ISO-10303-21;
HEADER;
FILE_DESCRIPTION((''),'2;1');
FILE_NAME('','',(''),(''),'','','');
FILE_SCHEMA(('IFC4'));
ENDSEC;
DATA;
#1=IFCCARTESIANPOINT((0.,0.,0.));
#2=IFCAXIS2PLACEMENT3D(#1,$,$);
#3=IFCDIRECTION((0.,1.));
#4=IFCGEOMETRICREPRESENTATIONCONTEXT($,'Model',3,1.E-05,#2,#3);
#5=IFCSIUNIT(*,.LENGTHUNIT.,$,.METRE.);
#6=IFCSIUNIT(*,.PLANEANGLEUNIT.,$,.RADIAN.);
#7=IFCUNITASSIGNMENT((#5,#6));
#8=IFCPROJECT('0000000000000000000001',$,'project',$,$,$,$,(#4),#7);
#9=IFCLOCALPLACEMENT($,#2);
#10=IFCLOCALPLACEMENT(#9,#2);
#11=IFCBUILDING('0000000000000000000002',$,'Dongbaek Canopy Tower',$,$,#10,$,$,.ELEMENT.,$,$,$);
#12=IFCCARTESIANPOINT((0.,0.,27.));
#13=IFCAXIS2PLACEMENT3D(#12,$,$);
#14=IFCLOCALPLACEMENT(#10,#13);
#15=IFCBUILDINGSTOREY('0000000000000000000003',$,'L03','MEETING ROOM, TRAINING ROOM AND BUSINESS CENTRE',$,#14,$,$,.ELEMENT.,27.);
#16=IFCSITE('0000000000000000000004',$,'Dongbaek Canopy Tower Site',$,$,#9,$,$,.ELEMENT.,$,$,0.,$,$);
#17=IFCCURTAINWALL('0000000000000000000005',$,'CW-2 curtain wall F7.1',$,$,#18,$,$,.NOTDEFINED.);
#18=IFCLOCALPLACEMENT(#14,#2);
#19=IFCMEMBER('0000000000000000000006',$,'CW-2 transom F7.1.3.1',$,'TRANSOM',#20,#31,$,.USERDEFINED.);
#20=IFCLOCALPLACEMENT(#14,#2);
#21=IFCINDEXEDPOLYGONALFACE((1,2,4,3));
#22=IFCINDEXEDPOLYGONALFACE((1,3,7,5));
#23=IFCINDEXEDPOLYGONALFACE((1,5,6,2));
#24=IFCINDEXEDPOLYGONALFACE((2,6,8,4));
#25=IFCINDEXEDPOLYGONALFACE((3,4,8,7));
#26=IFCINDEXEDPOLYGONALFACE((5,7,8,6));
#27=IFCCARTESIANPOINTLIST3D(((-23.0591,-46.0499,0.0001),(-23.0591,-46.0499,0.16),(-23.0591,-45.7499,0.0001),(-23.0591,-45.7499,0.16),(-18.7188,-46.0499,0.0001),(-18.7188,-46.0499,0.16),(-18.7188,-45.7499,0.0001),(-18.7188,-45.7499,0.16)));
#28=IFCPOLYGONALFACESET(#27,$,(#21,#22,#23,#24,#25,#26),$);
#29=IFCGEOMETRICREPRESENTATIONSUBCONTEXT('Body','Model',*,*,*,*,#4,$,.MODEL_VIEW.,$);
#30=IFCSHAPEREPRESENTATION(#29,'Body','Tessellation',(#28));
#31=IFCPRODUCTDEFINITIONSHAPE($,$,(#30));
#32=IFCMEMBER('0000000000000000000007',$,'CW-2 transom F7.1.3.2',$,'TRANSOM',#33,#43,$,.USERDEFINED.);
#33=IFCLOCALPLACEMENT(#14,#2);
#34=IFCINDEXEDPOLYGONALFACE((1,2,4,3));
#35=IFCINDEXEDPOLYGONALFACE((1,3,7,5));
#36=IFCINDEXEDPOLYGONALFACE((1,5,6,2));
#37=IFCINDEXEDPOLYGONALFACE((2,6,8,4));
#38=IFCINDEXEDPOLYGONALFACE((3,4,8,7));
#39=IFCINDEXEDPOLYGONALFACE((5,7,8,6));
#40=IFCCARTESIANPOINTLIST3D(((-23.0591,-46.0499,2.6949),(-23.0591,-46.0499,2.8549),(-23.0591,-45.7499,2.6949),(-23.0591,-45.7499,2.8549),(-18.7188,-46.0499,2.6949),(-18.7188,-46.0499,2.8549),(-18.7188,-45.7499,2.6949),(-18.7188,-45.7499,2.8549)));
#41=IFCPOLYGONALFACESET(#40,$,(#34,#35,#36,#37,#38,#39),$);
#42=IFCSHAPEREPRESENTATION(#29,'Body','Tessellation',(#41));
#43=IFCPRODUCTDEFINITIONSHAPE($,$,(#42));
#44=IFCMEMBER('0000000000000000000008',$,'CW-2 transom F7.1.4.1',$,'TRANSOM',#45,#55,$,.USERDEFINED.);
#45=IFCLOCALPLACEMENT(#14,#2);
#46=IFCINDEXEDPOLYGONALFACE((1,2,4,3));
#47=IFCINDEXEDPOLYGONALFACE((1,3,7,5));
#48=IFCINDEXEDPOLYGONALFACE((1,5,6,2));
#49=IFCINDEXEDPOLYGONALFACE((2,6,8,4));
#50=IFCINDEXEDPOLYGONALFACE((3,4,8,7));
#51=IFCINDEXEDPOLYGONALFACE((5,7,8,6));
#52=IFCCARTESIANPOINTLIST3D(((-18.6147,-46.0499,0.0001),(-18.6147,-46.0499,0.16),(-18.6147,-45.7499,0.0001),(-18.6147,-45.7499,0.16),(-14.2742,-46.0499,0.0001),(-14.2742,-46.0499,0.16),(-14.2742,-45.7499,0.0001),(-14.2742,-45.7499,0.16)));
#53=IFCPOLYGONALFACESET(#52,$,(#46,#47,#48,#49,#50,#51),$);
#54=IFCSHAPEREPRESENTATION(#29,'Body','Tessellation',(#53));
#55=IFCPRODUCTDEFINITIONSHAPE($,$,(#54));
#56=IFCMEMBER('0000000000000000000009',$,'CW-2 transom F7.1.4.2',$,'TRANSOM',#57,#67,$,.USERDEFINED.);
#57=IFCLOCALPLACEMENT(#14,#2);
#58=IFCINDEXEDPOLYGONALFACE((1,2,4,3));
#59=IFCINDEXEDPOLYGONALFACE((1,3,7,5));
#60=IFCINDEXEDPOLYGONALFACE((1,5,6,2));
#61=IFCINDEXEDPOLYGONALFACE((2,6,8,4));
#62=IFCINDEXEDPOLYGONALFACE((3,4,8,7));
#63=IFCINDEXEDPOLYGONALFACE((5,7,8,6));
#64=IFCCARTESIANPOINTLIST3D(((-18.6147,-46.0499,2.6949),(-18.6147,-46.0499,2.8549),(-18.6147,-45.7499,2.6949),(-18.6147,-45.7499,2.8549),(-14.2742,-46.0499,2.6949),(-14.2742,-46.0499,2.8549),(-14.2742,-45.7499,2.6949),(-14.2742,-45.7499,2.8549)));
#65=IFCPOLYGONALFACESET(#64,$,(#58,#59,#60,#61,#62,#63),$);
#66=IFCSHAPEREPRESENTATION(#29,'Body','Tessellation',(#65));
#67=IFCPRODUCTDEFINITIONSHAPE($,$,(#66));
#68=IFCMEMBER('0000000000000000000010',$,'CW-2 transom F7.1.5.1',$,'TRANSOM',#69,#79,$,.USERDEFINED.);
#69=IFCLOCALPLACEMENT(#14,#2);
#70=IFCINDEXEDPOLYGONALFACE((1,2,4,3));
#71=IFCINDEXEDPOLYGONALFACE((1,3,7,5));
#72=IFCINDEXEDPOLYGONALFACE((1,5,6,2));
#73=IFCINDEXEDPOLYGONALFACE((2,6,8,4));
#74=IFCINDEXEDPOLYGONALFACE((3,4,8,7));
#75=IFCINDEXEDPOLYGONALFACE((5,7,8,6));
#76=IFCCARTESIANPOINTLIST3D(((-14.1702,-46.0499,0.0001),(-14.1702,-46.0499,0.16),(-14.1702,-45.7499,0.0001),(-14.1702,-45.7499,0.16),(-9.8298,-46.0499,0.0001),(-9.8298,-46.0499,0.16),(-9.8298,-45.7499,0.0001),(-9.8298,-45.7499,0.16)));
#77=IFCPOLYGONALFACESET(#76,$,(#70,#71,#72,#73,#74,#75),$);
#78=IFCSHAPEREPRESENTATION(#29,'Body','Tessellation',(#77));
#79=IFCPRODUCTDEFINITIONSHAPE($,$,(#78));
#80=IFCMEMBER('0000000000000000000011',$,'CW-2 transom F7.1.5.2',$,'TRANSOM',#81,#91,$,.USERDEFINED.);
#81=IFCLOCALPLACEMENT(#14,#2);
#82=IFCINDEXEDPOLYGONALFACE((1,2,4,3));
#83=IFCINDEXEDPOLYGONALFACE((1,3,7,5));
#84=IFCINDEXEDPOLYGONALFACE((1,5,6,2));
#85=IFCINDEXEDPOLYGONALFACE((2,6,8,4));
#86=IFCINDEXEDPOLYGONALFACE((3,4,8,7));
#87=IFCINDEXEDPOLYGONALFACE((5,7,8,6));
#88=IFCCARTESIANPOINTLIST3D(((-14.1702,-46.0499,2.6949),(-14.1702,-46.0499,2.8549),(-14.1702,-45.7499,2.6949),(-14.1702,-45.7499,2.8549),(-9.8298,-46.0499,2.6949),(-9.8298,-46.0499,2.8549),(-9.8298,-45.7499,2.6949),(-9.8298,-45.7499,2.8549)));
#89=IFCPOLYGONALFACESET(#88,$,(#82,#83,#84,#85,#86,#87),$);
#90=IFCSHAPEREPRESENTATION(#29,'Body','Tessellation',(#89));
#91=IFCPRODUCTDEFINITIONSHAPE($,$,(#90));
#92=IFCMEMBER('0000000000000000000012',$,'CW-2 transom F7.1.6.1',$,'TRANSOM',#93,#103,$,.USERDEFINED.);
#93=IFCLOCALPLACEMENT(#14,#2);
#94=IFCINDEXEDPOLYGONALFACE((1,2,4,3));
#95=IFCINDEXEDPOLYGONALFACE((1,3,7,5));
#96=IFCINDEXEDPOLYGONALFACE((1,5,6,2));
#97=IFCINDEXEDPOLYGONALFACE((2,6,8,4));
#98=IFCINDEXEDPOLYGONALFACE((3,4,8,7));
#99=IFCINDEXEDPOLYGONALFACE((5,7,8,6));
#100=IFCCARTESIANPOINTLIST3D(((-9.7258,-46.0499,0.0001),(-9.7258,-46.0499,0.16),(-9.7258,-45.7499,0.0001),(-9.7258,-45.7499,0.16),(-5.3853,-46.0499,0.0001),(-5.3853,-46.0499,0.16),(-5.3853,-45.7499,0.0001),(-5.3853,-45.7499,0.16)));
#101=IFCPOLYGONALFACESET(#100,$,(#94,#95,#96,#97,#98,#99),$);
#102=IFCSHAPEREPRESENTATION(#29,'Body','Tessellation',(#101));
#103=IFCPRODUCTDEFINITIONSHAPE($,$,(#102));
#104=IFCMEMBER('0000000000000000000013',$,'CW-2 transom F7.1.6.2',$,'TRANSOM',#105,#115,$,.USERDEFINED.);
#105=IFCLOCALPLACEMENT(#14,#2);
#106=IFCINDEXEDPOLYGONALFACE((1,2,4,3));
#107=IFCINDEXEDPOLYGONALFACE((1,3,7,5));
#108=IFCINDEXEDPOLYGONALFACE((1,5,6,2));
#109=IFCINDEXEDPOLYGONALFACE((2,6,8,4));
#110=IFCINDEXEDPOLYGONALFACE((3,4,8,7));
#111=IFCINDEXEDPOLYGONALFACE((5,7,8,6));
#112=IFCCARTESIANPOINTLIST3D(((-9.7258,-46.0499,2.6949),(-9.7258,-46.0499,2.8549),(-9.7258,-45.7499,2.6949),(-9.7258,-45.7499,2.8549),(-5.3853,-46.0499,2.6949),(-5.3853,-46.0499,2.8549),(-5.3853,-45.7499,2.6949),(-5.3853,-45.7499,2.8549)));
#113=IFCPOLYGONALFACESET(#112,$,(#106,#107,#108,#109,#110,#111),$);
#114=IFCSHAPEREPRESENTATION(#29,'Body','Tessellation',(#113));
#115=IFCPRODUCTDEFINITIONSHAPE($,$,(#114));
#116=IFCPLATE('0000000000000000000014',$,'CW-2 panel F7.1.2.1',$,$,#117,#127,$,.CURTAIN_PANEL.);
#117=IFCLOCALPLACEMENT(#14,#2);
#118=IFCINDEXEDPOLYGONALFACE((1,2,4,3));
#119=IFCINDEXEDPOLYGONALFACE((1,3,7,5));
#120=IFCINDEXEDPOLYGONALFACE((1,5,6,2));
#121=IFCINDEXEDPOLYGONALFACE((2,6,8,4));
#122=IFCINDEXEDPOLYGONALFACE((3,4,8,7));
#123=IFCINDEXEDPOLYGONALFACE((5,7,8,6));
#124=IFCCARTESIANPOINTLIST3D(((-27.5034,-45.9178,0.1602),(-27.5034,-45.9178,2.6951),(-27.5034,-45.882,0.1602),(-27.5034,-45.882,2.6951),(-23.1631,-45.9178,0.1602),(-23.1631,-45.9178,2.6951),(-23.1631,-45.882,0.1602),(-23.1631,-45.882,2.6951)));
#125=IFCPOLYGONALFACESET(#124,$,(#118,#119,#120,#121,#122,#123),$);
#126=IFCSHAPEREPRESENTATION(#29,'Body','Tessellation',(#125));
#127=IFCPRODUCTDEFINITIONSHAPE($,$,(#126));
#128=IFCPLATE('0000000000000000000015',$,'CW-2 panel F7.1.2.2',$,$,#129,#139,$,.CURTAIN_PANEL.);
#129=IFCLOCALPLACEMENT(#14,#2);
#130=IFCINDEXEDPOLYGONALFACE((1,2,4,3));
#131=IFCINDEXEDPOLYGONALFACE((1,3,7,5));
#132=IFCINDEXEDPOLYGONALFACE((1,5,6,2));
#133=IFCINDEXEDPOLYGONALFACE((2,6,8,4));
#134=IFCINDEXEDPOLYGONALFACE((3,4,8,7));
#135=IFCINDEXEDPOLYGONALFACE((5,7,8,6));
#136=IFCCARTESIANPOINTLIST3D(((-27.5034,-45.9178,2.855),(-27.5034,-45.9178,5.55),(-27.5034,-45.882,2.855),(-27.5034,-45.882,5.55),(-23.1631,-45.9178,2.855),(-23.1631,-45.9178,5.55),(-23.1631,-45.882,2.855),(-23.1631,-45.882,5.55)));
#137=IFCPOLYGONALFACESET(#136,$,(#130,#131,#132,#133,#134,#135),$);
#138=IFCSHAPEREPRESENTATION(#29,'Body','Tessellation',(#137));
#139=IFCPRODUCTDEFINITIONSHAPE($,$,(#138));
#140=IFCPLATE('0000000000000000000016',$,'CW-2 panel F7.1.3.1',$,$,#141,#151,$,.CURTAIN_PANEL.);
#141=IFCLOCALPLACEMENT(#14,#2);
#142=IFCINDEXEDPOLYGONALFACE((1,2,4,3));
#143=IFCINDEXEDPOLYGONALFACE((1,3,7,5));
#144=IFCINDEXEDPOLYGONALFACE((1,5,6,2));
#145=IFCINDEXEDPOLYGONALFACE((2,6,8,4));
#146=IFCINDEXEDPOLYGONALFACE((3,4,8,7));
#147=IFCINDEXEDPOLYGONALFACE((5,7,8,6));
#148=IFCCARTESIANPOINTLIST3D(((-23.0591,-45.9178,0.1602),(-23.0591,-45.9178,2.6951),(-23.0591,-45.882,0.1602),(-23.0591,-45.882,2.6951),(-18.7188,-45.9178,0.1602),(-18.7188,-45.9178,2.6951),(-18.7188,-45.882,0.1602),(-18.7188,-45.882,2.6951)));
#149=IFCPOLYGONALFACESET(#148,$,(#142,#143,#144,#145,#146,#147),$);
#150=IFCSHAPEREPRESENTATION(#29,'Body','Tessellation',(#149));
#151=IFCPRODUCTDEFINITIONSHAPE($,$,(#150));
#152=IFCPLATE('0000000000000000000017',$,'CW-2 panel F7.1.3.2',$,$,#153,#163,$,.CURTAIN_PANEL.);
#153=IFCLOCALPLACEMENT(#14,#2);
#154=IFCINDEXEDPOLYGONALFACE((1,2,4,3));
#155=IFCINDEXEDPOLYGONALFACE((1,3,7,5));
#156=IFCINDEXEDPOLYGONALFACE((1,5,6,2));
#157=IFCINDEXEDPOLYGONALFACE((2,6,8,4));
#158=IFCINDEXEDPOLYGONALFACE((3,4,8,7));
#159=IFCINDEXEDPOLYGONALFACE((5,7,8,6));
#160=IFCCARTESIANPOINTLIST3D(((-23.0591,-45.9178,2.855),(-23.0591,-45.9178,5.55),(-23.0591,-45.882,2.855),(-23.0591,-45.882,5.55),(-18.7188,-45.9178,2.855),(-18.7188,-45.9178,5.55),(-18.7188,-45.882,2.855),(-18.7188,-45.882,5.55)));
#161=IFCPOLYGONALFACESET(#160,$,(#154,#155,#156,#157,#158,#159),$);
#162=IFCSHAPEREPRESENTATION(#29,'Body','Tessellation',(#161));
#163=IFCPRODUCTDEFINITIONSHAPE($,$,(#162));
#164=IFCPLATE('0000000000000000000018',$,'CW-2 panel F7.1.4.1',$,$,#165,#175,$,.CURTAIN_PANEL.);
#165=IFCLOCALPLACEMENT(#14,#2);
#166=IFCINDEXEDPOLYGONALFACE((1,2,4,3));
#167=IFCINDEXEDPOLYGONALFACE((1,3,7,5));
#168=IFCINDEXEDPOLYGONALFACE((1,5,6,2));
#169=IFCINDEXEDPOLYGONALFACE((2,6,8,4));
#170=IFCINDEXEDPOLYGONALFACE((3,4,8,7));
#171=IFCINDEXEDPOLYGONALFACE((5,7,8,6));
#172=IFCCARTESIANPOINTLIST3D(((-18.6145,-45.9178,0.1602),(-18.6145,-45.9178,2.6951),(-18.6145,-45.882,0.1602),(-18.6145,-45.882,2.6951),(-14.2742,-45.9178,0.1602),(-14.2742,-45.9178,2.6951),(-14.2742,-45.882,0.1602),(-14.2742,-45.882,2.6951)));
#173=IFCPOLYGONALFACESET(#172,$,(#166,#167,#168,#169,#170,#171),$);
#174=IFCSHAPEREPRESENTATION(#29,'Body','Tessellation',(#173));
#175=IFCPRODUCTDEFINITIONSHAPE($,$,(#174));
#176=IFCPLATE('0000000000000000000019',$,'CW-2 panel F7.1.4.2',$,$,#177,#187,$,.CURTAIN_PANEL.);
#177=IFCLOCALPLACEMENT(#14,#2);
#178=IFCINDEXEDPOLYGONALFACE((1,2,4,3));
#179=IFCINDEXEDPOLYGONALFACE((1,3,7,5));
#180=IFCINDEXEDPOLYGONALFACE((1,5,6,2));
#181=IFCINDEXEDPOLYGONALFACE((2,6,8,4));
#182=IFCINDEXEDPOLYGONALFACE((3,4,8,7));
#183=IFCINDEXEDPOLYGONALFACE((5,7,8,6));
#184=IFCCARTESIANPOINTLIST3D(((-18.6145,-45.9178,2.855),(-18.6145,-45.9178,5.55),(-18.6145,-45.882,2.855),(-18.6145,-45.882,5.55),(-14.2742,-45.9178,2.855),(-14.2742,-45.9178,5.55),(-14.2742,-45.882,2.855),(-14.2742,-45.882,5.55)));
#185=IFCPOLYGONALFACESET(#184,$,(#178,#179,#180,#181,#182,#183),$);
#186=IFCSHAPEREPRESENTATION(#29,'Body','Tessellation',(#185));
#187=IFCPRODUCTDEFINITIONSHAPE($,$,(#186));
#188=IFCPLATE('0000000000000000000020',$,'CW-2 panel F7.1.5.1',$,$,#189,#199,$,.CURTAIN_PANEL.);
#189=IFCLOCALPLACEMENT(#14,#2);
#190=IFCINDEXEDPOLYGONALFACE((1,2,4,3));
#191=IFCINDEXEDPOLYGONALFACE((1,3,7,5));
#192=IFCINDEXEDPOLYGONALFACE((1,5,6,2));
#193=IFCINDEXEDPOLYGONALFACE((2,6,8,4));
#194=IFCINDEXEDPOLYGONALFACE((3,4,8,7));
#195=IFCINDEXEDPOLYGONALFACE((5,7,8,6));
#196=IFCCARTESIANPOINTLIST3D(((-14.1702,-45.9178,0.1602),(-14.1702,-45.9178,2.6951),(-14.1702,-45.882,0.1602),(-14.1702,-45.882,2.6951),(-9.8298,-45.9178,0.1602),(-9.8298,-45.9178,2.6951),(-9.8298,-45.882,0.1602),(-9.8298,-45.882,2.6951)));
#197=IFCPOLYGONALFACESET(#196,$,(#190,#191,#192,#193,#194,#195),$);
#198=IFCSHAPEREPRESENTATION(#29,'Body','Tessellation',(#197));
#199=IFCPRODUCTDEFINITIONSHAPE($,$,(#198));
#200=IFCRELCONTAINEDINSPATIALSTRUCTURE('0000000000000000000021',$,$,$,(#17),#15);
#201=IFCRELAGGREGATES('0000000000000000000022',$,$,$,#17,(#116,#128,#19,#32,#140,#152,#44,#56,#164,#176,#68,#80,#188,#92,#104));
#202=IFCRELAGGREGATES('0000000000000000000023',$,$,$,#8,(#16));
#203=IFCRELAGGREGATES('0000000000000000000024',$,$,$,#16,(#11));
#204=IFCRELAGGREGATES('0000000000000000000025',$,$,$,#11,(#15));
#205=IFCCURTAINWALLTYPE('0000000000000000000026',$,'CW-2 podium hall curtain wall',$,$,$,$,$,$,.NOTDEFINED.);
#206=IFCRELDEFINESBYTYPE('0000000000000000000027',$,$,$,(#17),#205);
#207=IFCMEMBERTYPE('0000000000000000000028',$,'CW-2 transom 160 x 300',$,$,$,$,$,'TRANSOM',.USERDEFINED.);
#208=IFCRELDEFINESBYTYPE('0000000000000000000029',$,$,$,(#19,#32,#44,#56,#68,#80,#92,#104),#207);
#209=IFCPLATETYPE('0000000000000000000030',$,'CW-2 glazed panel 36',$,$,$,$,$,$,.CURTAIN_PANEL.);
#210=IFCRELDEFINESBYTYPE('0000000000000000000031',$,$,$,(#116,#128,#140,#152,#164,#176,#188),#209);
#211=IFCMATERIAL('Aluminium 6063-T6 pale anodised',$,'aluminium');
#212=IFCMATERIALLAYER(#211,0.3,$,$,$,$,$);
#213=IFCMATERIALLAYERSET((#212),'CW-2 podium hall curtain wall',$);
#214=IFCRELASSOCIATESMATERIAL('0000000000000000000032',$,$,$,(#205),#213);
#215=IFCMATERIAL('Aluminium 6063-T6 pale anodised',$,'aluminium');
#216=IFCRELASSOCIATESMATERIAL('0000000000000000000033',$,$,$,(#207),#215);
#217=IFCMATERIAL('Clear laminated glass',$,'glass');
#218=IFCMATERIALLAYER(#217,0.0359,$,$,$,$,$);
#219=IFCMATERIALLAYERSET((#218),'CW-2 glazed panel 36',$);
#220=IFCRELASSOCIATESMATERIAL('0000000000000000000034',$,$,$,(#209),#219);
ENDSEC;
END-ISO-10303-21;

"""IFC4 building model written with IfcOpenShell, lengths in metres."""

from ifc_helpers import new_model, si_unit, direction, frame, origin, origin_2d, place, context, subcontext, project, spatial, rectangle, extrude, material, layer, layer_set, material_profile, profile_set, type_object, element, aggregate, save


model = new_model("IFC4")

# Units and contexts
model_context = context("Model", 3, precision=1e-05, world=origin(), true_north=direction((0.0, 1.0)))
body_context = subcontext(model_context, "Body", "Model", "MODEL_VIEW")
ifc_project = project(units=[si_unit("LENGTHUNIT", "METRE"), si_unit("PLANEANGLEUNIT", "RADIAN")], contexts=[model_context])

# Site, building, storey
site_placement = place(None, origin())
site = spatial("IfcSite", under=ifc_project, at=site_placement, Name="Dongbaek Canopy Tower Site", CompositionType="ELEMENT", RefElevation=0.0)
building_placement = place(site_placement, origin())
building = spatial("IfcBuilding", under=site, at=building_placement, Name="Dongbaek Canopy Tower", CompositionType="ELEMENT")
storey_placement = place(building_placement, frame((0.0, 0.0, 27.0)))
storey = spatial("IfcBuildingStorey", under=building, at=storey_placement, Name="L03", Description="MEETING ROOM, TRAINING ROOM AND BUSINESS CENTRE", CompositionType="ELEMENT", Elevation=27.0)

# Curtain wall, members, plates
ifc_material_1 = material(Name="Aluminium 6063-T6 pale anodised", Category="aluminium")
ifc_layer_1 = layer(ifc_material_1, 0.3)
ifc_layer_set_1 = layer_set([ifc_layer_1], Name="CW-2 podium hall curtain wall")
curtain_wall_type = type_object("IfcCurtainWallType", Name="CW-2 podium hall curtain wall", PredefinedType="NOTDEFINED", material=ifc_layer_set_1)
curtain_wall_placement = place(storey_placement, origin())
curtain_wall = element("IfcCurtainWall", 1, at=curtain_wall_placement, inside=storey, type_object=curtain_wall_type, Name="CW-2 curtain wall F7.1", PredefinedType="NOTDEFINED")
ifc_material_2 = material(Name="Aluminium 6063-T6 pale anodised", Category="aluminium")
ifc_material_profile_1 = material_profile(ifc_material_2, rectangle(XDim=0.3, YDim=0.1599, at=origin_2d()), Name="CW-2 transom 160 x 300")
ifc_profile_set_1 = profile_set([ifc_material_profile_1], Name="Aluminium 6063-T6 pale anodised")
member_type_1 = type_object("IfcMemberType", Name="CW-2 transom 160 x 300", ElementType="TRANSOM", PredefinedType="USERDEFINED", material=ifc_profile_set_1)
member_1_placement = place(storey_placement, frame((-23.0591, -45.8999, 0.0801), z_axis=(1.0, 0.0, 0.0), x_axis=(0.0, 1.0, 0.0)))
member_1 = element("IfcMember", 2, at=member_1_placement, type_object=member_type_1, Name="CW-2 transom F7.1.3.1", ObjectType="TRANSOM", PredefinedType="USERDEFINED", context=body_context, shape_type="SweptSolid", body=[
    extrude(rectangle(XDim=0.3, YDim=0.1599, at=origin_2d()), origin(), (0.0, 0.0, 1.0), 4.3403),
])
member_2_placement = place(storey_placement, frame((-23.0591, -45.8999, 2.7749), z_axis=(1.0, 0.0, 0.0), x_axis=(0.0, 1.0, 0.0)))
member_2 = element("IfcMember", 3, at=member_2_placement, type_object=member_type_1, Name="CW-2 transom F7.1.3.2", ObjectType="TRANSOM", PredefinedType="USERDEFINED", context=body_context, shape_type="SweptSolid", body=[
    extrude(rectangle(XDim=0.3, YDim=0.1599, at=origin_2d()), origin(), (0.0, 0.0, 1.0), 4.3403),
])
member_3_placement = place(storey_placement, frame((-18.6147, -45.8999, 0.0801), z_axis=(1.0, 0.0, 0.0), x_axis=(0.0, 1.0, 0.0)))
member_3 = element("IfcMember", 4, at=member_3_placement, type_object=member_type_1, Name="CW-2 transom F7.1.4.1", ObjectType="TRANSOM", PredefinedType="USERDEFINED", context=body_context, shape_type="SweptSolid", body=[
    extrude(rectangle(XDim=0.3, YDim=0.1599, at=origin_2d()), origin(), (0.0, 0.0, 1.0), 4.3406),
])
member_4_placement = place(storey_placement, frame((-18.6147, -45.8999, 2.7749), z_axis=(1.0, 0.0, 0.0), x_axis=(0.0, 1.0, 0.0)))
member_4 = element("IfcMember", 5, at=member_4_placement, type_object=member_type_1, Name="CW-2 transom F7.1.4.2", ObjectType="TRANSOM", PredefinedType="USERDEFINED", context=body_context, shape_type="SweptSolid", body=[
    extrude(rectangle(XDim=0.3, YDim=0.1599, at=origin_2d()), origin(), (0.0, 0.0, 1.0), 4.3406),
])
member_5_placement = place(storey_placement, frame((-14.1702, -45.8999, 0.0801), z_axis=(1.0, 0.0, 0.0), x_axis=(0.0, 1.0, 0.0)))
member_5 = element("IfcMember", 6, at=member_5_placement, type_object=member_type_1, Name="CW-2 transom F7.1.5.1", ObjectType="TRANSOM", PredefinedType="USERDEFINED", context=body_context, shape_type="SweptSolid", body=[
    extrude(rectangle(XDim=0.3, YDim=0.1599, at=origin_2d()), origin(), (0.0, 0.0, 1.0), 4.3403),
])
member_6_placement = place(storey_placement, frame((-14.1702, -45.8999, 2.7749), z_axis=(1.0, 0.0, 0.0), x_axis=(0.0, 1.0, 0.0)))
member_6 = element("IfcMember", 7, at=member_6_placement, type_object=member_type_1, Name="CW-2 transom F7.1.5.2", ObjectType="TRANSOM", PredefinedType="USERDEFINED", context=body_context, shape_type="SweptSolid", body=[
    extrude(rectangle(XDim=0.3, YDim=0.1599, at=origin_2d()), origin(), (0.0, 0.0, 1.0), 4.3403),
])
member_7_placement = place(storey_placement, frame((-9.7258, -45.8999, 0.0801), z_axis=(1.0, 0.0, 0.0), x_axis=(0.0, 1.0, 0.0)))
member_7 = element("IfcMember", 8, at=member_7_placement, type_object=member_type_1, Name="CW-2 transom F7.1.6.1", ObjectType="TRANSOM", PredefinedType="USERDEFINED", context=body_context, shape_type="SweptSolid", body=[
    extrude(rectangle(XDim=0.3, YDim=0.1599, at=origin_2d()), origin(), (0.0, 0.0, 1.0), 4.3406),
])
member_8_placement = place(storey_placement, frame((-9.7258, -45.8999, 2.7749), z_axis=(1.0, 0.0, 0.0), x_axis=(0.0, 1.0, 0.0)))
member_8 = element("IfcMember", 9, at=member_8_placement, type_object=member_type_1, Name="CW-2 transom F7.1.6.2", ObjectType="TRANSOM", PredefinedType="USERDEFINED", context=body_context, shape_type="SweptSolid", body=[
    extrude(rectangle(XDim=0.3, YDim=0.1599, at=origin_2d()), origin(), (0.0, 0.0, 1.0), 4.3406),
])
ifc_material_3 = material(Name="Clear laminated glass", Category="glass")
ifc_layer_2 = layer(ifc_material_3, 0.0359)
ifc_layer_set_2 = layer_set([ifc_layer_2], Name="CW-2 glazed panel 36")
plate_type = type_object("IfcPlateType", Name="CW-2 glazed panel 36", PredefinedType="CURTAIN_PANEL", material=ifc_layer_set_2)
plate_1_placement = place(storey_placement, frame((-25.3333, -45.8999, 0.1602), z_axis=(0.0, 0.0, 1.0), x_axis=(1.0, 0.0, 0.0)))
plate_1 = element("IfcPlate", 10, at=plate_1_placement, type_object=plate_type, Name="CW-2 panel F7.1.2.1", PredefinedType="CURTAIN_PANEL", context=body_context, shape_type="SweptSolid", body=[
    extrude(rectangle(XDim=4.3403, YDim=0.0359, at=origin_2d()), origin(), (0.0, 0.0, 1.0), 2.5349),
])
plate_2_placement = place(storey_placement, frame((-25.3333, -45.8999, 2.855), z_axis=(0.0, 0.0, 1.0), x_axis=(1.0, 0.0, 0.0)))
plate_2 = element("IfcPlate", 11, at=plate_2_placement, type_object=plate_type, Name="CW-2 panel F7.1.2.2", PredefinedType="CURTAIN_PANEL", context=body_context, shape_type="SweptSolid", body=[
    extrude(rectangle(XDim=4.3403, YDim=0.0359, at=origin_2d()), origin(), (0.0, 0.0, 1.0), 2.6951),
])
plate_3_placement = place(storey_placement, frame((-20.8889, -45.8999, 0.1602), z_axis=(0.0, 0.0, 1.0), x_axis=(1.0, 0.0, 0.0)))
plate_3 = element("IfcPlate", 12, at=plate_3_placement, type_object=plate_type, Name="CW-2 panel F7.1.3.1", PredefinedType="CURTAIN_PANEL", context=body_context, shape_type="SweptSolid", body=[
    extrude(rectangle(XDim=4.3403, YDim=0.0359, at=origin_2d()), origin(), (0.0, 0.0, 1.0), 2.5349),
])
plate_4_placement = place(storey_placement, frame((-20.8889, -45.8999, 2.855), z_axis=(0.0, 0.0, 1.0), x_axis=(1.0, 0.0, 0.0)))
plate_4 = element("IfcPlate", 13, at=plate_4_placement, type_object=plate_type, Name="CW-2 panel F7.1.3.2", PredefinedType="CURTAIN_PANEL", context=body_context, shape_type="SweptSolid", body=[
    extrude(rectangle(XDim=4.3403, YDim=0.0359, at=origin_2d()), origin(), (0.0, 0.0, 1.0), 2.6951),
])
plate_5_placement = place(storey_placement, frame((-16.4443, -45.8999, 0.1602), z_axis=(0.0, 0.0, 1.0), x_axis=(1.0, 0.0, 0.0)))
plate_5 = element("IfcPlate", 14, at=plate_5_placement, type_object=plate_type, Name="CW-2 panel F7.1.4.1", PredefinedType="CURTAIN_PANEL", context=body_context, shape_type="SweptSolid", body=[
    extrude(rectangle(XDim=4.3403, YDim=0.0359, at=origin_2d()), origin(), (0.0, 0.0, 1.0), 2.5349),
])
plate_6_placement = place(storey_placement, frame((-16.4443, -45.8999, 2.855), z_axis=(0.0, 0.0, 1.0), x_axis=(1.0, 0.0, 0.0)))
plate_6 = element("IfcPlate", 15, at=plate_6_placement, type_object=plate_type, Name="CW-2 panel F7.1.4.2", PredefinedType="CURTAIN_PANEL", context=body_context, shape_type="SweptSolid", body=[
    extrude(rectangle(XDim=4.3403, YDim=0.0359, at=origin_2d()), origin(), (0.0, 0.0, 1.0), 2.6951),
])
plate_7_placement = place(storey_placement, frame((-12.0, -45.8999, 0.1602), z_axis=(0.0, 0.0, 1.0), x_axis=(1.0, 0.0, 0.0)))
plate_7 = element("IfcPlate", 16, at=plate_7_placement, type_object=plate_type, Name="CW-2 panel F7.1.5.1", PredefinedType="CURTAIN_PANEL", context=body_context, shape_type="SweptSolid", body=[
    extrude(rectangle(XDim=4.3403, YDim=0.0359, at=origin_2d()), origin(), (0.0, 0.0, 1.0), 2.5349),
])
aggregate(curtain_wall, [plate_1, plate_2, member_1, member_2, plate_3, plate_4, member_3, member_4, plate_5, plate_6, member_5, member_6, plate_7, member_7, member_8])

save(model, "model.ifc")
